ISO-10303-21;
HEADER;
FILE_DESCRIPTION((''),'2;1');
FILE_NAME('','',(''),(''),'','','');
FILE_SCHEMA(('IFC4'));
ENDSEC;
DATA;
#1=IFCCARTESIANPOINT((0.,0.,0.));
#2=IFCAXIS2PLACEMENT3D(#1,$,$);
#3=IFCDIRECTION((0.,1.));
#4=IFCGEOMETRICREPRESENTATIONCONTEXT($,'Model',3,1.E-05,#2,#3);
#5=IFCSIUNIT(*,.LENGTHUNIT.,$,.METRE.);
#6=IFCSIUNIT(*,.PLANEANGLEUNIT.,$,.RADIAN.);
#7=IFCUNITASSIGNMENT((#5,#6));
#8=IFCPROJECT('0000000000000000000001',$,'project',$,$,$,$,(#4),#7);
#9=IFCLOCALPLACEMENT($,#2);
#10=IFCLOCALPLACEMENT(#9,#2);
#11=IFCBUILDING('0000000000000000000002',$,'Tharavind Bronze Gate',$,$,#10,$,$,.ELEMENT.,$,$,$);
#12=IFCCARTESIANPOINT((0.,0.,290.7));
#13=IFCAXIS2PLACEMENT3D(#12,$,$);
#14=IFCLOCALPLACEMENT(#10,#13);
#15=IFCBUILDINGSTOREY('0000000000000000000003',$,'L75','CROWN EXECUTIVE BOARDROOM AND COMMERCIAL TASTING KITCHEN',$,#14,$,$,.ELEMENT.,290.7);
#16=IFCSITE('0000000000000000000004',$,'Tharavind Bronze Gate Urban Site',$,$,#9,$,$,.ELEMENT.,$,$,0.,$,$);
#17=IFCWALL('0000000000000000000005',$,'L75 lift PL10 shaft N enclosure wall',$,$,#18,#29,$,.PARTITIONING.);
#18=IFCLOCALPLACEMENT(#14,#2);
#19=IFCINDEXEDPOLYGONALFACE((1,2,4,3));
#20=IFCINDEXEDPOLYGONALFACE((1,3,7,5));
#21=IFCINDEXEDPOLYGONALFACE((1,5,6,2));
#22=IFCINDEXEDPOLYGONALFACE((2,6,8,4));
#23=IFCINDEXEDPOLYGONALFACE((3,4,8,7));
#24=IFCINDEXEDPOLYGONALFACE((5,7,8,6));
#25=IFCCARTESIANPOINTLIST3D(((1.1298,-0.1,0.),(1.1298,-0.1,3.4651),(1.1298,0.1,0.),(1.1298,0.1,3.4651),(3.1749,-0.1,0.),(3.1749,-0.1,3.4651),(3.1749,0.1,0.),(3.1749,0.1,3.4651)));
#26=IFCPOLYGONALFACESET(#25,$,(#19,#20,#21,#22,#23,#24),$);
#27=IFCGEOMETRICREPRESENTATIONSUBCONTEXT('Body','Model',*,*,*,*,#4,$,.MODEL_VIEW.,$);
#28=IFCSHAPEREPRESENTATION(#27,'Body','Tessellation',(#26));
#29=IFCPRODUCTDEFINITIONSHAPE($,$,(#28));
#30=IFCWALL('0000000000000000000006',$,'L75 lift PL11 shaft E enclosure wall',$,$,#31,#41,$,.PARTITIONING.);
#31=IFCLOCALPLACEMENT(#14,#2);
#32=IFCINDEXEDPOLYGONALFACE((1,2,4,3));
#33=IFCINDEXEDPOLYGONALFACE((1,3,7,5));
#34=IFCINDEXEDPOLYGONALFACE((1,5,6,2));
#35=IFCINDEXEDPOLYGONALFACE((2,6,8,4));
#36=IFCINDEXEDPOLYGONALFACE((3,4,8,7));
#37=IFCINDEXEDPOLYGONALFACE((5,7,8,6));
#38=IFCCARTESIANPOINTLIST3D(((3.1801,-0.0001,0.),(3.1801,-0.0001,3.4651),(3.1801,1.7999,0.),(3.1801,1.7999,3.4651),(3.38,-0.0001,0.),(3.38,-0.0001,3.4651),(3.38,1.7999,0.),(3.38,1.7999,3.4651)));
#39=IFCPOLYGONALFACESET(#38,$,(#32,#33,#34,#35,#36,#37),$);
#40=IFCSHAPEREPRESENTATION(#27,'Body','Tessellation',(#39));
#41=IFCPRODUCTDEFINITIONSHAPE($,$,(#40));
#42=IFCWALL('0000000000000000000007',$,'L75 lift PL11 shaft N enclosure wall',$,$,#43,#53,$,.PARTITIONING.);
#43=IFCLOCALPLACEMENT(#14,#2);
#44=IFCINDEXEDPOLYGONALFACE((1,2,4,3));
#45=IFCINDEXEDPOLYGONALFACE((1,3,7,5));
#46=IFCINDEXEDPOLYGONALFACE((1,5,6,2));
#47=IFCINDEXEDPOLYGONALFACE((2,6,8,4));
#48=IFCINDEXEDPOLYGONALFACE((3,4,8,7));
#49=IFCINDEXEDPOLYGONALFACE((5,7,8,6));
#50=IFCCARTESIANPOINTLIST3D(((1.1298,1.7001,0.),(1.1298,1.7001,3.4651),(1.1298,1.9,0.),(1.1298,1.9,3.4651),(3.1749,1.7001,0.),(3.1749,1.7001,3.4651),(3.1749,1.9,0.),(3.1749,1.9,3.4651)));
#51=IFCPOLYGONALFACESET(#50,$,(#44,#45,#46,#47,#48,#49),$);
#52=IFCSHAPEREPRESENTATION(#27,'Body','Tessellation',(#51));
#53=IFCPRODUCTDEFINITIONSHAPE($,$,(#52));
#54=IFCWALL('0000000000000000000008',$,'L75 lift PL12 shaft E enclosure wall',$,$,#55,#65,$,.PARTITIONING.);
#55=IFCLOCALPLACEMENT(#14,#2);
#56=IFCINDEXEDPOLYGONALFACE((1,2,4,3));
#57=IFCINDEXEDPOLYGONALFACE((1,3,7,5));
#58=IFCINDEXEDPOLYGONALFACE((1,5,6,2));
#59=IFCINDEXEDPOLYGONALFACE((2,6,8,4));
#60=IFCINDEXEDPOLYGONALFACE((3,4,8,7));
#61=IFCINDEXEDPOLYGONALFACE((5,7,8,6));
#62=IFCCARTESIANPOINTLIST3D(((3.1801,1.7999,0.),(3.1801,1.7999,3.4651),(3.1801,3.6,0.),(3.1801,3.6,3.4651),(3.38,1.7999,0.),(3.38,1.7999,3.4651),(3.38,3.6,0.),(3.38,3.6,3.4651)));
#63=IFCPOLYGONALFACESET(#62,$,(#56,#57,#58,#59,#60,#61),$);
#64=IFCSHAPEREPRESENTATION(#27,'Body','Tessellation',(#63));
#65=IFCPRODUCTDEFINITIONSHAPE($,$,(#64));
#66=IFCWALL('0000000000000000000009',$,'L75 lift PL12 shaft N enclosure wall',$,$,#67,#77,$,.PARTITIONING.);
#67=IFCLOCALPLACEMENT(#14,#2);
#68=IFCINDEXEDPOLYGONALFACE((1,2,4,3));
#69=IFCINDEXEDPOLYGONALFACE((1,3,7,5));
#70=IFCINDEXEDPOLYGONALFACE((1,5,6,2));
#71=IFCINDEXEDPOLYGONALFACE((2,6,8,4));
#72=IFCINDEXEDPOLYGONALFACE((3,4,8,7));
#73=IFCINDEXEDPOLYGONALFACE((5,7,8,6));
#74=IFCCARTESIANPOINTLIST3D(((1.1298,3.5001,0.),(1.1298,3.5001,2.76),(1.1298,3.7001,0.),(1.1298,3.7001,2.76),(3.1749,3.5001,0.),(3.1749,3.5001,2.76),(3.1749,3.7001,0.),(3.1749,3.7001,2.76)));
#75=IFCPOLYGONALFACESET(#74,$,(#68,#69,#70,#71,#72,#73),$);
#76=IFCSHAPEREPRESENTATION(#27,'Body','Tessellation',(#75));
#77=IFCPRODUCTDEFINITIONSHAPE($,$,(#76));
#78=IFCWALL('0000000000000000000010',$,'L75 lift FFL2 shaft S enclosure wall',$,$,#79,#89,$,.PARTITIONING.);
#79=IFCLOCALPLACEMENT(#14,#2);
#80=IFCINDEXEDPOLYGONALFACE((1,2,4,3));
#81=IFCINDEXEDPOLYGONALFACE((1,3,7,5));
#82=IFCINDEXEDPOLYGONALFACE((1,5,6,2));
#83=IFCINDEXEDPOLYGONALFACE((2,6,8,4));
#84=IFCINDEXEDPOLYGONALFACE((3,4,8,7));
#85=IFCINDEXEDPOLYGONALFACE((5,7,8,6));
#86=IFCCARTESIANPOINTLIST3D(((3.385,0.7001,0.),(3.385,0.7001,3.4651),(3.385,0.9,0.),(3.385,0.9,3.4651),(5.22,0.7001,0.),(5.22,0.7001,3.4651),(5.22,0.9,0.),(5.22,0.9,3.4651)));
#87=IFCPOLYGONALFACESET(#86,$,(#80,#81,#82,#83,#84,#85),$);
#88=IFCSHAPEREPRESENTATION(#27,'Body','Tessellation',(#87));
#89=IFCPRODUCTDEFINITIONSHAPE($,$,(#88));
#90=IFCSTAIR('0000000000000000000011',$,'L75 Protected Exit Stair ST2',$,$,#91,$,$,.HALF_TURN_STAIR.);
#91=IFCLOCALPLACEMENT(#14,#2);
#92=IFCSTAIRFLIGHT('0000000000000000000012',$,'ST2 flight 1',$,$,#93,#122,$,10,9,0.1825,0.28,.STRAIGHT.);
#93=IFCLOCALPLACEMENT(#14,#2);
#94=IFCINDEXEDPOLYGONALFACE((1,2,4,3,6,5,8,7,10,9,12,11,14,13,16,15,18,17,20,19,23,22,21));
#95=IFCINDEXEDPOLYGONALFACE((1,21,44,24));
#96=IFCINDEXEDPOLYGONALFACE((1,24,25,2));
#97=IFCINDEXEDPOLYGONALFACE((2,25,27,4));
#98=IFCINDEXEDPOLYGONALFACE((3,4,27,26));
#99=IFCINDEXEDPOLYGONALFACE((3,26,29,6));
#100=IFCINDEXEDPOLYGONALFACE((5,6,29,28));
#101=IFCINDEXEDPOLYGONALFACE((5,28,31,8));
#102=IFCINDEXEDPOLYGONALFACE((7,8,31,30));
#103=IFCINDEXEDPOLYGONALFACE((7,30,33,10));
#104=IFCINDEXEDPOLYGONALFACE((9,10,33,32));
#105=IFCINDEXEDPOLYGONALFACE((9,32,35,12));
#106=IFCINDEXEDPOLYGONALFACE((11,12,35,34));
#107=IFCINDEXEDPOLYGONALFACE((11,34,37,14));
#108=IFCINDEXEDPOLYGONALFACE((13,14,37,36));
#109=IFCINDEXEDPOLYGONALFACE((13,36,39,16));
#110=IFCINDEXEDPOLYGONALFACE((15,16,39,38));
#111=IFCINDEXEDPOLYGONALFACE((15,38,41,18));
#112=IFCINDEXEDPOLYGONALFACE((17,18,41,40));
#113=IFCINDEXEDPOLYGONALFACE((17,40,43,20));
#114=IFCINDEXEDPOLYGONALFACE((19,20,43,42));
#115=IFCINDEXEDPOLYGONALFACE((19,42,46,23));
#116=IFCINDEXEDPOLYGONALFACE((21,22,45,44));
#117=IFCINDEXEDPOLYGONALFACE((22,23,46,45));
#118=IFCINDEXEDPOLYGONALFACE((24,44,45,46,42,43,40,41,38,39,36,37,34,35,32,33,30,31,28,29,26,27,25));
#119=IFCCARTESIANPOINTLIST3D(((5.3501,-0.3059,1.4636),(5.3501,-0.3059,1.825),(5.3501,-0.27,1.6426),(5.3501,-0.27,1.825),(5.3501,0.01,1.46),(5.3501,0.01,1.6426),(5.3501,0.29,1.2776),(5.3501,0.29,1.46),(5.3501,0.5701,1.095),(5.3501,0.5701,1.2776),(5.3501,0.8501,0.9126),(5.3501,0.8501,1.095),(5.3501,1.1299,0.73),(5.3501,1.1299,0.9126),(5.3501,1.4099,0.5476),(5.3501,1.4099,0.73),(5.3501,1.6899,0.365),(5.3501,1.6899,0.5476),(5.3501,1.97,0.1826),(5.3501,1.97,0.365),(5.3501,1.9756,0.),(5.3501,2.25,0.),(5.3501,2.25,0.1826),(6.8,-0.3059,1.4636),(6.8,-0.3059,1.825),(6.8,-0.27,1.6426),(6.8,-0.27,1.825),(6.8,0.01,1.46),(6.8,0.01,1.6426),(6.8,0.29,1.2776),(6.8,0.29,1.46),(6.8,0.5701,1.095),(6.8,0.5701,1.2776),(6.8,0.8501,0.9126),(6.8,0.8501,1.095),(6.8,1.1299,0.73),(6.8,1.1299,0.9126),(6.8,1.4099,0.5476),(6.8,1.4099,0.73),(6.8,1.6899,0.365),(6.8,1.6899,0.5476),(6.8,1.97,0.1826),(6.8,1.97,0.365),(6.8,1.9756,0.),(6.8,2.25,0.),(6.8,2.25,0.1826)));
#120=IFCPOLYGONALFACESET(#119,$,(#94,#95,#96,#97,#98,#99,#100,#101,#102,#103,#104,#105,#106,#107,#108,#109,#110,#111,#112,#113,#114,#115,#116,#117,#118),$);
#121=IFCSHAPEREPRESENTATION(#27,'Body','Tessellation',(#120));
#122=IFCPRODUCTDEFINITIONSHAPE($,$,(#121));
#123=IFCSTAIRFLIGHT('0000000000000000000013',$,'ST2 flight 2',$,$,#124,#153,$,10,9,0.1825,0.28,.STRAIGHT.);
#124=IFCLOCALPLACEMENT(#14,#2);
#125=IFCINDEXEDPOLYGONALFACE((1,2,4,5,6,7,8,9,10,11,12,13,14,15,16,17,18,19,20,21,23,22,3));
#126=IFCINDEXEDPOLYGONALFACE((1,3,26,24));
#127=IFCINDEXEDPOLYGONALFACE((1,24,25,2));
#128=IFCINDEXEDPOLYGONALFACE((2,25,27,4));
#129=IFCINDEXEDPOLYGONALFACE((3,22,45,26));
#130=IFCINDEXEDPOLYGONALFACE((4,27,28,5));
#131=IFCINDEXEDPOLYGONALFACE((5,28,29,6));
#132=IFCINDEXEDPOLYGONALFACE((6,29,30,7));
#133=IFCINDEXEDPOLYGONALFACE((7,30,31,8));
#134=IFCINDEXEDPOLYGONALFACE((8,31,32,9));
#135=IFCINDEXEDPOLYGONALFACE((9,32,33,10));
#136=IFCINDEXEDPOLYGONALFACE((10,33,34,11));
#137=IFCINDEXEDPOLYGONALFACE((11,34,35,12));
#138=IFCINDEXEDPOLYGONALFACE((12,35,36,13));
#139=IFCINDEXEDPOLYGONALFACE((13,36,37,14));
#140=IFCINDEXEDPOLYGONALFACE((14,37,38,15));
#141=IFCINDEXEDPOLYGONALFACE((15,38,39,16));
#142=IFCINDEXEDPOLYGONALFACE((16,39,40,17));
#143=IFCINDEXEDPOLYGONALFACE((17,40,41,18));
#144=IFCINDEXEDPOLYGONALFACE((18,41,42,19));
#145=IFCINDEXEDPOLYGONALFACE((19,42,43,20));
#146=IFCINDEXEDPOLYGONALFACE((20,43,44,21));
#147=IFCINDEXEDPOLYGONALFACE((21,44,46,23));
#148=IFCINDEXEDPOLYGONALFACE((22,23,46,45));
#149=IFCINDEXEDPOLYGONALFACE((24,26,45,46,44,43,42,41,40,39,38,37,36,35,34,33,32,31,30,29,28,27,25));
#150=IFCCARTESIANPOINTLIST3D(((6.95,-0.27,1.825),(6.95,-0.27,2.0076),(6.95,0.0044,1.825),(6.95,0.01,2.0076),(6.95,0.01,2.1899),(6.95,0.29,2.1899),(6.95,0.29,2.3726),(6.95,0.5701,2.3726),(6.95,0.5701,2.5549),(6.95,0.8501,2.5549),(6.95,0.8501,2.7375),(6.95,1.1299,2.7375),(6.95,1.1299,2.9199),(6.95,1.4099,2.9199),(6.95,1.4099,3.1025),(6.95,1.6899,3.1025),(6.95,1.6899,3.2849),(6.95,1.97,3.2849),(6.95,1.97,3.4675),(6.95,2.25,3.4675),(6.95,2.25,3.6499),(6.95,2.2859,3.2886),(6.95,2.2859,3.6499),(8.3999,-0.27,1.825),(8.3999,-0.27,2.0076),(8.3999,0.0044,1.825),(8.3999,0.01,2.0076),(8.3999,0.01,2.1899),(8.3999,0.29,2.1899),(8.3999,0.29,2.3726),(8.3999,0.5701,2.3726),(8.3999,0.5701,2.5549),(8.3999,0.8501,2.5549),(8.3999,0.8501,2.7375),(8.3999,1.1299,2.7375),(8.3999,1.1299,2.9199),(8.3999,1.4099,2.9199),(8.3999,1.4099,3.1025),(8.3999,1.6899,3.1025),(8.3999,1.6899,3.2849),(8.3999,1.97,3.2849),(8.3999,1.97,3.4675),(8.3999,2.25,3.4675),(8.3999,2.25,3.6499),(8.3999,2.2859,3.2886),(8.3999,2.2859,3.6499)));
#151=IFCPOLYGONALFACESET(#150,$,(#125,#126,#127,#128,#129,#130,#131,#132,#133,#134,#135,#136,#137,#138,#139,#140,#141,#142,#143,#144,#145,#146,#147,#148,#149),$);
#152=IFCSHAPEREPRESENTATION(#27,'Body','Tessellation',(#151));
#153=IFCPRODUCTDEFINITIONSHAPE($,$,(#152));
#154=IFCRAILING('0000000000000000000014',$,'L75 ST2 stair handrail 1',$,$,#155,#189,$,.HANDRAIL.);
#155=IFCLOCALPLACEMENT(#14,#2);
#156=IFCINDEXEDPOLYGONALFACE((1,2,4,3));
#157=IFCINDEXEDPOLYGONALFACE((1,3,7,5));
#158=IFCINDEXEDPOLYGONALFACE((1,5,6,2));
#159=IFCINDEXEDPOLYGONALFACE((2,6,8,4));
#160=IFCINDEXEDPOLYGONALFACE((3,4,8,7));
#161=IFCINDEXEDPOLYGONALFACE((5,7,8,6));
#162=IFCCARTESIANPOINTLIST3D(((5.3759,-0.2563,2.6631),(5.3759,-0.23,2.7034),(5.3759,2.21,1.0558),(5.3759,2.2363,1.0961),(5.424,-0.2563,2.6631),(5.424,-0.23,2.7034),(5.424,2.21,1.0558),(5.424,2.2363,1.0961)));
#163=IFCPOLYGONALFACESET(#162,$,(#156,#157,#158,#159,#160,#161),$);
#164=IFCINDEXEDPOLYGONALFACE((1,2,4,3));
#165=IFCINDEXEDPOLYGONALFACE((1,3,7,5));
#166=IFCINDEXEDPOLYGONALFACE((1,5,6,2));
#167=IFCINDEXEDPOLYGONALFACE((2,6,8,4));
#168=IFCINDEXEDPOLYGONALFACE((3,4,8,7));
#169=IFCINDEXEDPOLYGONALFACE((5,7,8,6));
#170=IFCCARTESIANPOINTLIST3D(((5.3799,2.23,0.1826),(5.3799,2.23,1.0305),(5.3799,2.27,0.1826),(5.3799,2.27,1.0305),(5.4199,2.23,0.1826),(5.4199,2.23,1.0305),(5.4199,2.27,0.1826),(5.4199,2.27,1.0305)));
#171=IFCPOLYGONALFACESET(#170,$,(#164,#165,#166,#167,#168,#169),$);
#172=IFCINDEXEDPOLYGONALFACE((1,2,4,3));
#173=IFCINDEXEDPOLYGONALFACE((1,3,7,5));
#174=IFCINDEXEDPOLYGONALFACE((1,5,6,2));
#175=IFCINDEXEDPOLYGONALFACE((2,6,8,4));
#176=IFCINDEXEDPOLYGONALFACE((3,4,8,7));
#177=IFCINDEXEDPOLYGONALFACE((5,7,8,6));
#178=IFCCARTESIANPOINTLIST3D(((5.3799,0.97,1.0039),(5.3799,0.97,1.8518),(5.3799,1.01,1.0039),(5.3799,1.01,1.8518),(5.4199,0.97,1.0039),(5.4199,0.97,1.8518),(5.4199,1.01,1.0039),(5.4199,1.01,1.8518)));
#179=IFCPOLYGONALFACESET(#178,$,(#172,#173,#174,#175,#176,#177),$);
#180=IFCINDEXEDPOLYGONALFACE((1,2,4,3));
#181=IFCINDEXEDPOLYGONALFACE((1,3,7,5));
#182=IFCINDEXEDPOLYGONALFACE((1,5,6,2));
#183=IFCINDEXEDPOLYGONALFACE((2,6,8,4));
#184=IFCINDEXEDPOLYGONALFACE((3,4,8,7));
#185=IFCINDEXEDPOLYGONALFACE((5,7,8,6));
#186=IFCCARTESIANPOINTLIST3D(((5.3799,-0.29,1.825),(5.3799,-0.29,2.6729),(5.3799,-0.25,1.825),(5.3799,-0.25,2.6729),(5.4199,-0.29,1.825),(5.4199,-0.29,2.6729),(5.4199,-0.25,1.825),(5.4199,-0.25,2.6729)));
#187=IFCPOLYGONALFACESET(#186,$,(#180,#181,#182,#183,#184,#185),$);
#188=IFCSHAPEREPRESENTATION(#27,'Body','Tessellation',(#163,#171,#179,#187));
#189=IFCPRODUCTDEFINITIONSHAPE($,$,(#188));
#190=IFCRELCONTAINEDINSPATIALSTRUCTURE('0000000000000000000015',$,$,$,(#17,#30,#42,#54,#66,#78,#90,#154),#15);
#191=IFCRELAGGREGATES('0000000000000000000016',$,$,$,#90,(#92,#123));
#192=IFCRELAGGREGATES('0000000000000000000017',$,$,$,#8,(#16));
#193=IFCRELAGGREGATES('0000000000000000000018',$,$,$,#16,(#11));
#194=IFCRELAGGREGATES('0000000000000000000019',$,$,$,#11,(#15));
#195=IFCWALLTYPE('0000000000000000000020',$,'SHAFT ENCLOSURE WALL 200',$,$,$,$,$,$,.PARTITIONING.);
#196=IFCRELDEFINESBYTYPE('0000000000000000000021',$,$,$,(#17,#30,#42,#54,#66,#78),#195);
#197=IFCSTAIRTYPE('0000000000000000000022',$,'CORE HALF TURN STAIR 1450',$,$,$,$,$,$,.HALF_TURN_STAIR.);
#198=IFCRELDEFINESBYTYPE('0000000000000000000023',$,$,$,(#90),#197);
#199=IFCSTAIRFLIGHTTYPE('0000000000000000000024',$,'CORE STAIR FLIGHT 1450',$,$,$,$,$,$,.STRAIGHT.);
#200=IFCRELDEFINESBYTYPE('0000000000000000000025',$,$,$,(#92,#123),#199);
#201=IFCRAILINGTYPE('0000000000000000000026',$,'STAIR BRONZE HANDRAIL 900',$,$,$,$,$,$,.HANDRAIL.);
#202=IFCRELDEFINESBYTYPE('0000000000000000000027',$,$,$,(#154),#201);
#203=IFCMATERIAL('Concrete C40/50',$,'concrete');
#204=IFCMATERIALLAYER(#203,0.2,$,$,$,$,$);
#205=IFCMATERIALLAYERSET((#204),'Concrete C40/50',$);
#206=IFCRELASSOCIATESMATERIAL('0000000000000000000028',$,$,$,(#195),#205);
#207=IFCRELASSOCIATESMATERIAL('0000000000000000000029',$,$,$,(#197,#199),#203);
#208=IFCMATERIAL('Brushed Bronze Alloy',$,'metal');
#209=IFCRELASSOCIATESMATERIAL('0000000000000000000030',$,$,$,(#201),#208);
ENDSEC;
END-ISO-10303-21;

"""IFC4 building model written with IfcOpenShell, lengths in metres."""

from ifc_helpers import new_model, si_unit, direction, frame, frame_2d, origin, origin_2d, place, context, subcontext, project, spatial, polyline, rectangle, outline, extrude, material, layer, layer_set, type_object, element, aggregate, save


model = new_model("IFC4")

# Units and contexts
model_context = context("Model", 3, precision=1e-05, world=origin(), true_north=direction((0.0, 1.0)))
body_context = subcontext(model_context, "Body", "Model", "MODEL_VIEW")
ifc_project = project(units=[si_unit("LENGTHUNIT", "METRE"), si_unit("PLANEANGLEUNIT", "RADIAN")], contexts=[model_context])

# Site, building, storey
site_placement = place(None, origin())
site = spatial("IfcSite", under=ifc_project, at=site_placement, Name="Tharavind Bronze Gate Urban Site", CompositionType="ELEMENT", RefElevation=0.0)
building_placement = place(site_placement, origin())
building = spatial("IfcBuilding", under=site, at=building_placement, Name="Tharavind Bronze Gate", CompositionType="ELEMENT")
storey_placement = place(building_placement, frame((0.0, 0.0, 290.7)))
storey = spatial("IfcBuildingStorey", under=building, at=storey_placement, Name="L75", Description="CROWN EXECUTIVE BOARDROOM AND COMMERCIAL TASTING KITCHEN", CompositionType="ELEMENT", Elevation=290.7)

# Walls
ifc_material_1 = material(Name="Concrete C40/50", Category="concrete")
ifc_layer_1 = layer(ifc_material_1, 0.2)
ifc_layer_set_1 = layer_set([ifc_layer_1], Name="Concrete C40/50")
wall_type_1 = type_object("IfcWallType", Name="SHAFT ENCLOSURE WALL 200", PredefinedType="PARTITIONING", material=ifc_layer_set_1)
wall_1_placement = place(storey_placement, frame((1.1299, 0.0, 0.0), z_axis=(0.0, 0.0, 1.0), x_axis=(1.0, 0.0, 0.0)))
element("IfcWall", 1, at=wall_1_placement, inside=storey, type_object=wall_type_1, Name="L75 lift PL10 shaft N enclosure wall", PredefinedType="PARTITIONING", context=body_context, shape_type="SweptSolid", body=[
    extrude(rectangle(XDim=2.0452, YDim=0.2, at=frame_2d((1.0225, 0.0))), origin(), (0.0, 0.0, 1.0), 3.4651),
])
wall_2_placement = place(storey_placement, frame((3.28, 0.0, 0.0), z_axis=(0.0, 0.0, 1.0), x_axis=(0.0, 1.0, 0.0)))
element("IfcWall", 2, at=wall_2_placement, inside=storey, type_object=wall_type_1, Name="L75 lift PL11 shaft E enclosure wall", PredefinedType="PARTITIONING", context=body_context, shape_type="SweptSolid", body=[
    extrude(rectangle(XDim=1.8, YDim=0.2, at=frame_2d((0.8999, 0.0))), origin(), (0.0, 0.0, 1.0), 3.4651),
])
wall_3_placement = place(storey_placement, frame((1.1299, 1.8, 0.0), z_axis=(0.0, 0.0, 1.0), x_axis=(1.0, 0.0, 0.0)))
element("IfcWall", 3, at=wall_3_placement, inside=storey, type_object=wall_type_1, Name="L75 lift PL11 shaft N enclosure wall", PredefinedType="PARTITIONING", context=body_context, shape_type="SweptSolid", body=[
    extrude(rectangle(XDim=2.0452, YDim=0.2, at=frame_2d((1.0225, 0.0))), origin(), (0.0, 0.0, 1.0), 3.4651),
])
wall_4_placement = place(storey_placement, frame((3.28, 1.8, 0.0), z_axis=(0.0, 0.0, 1.0), x_axis=(0.0, 1.0, 0.0)))
element("IfcWall", 4, at=wall_4_placement, inside=storey, type_object=wall_type_1, Name="L75 lift PL12 shaft E enclosure wall", PredefinedType="PARTITIONING", context=body_context, shape_type="SweptSolid", body=[
    extrude(rectangle(XDim=1.8, YDim=0.2, at=frame_2d((0.8999, 0.0))), origin(), (0.0, 0.0, 1.0), 3.4651),
])
wall_5_placement = place(storey_placement, frame((1.1299, 3.6001, 0.0), z_axis=(0.0, 0.0, 1.0), x_axis=(1.0, 0.0, 0.0)))
element("IfcWall", 5, at=wall_5_placement, inside=storey, type_object=wall_type_1, Name="L75 lift PL12 shaft N enclosure wall", PredefinedType="PARTITIONING", context=body_context, shape_type="SweptSolid", body=[
    extrude(rectangle(XDim=2.0452, YDim=0.2, at=frame_2d((1.0225, 0.0))), origin(), (0.0, 0.0, 1.0), 2.76),
])
wall_6_placement = place(storey_placement, frame((3.385, 0.8, 0.0), z_axis=(0.0, 0.0, 1.0), x_axis=(1.0, 0.0, 0.0)))
element("IfcWall", 6, at=wall_6_placement, inside=storey, type_object=wall_type_1, Name="L75 lift FFL2 shaft S enclosure wall", PredefinedType="PARTITIONING", context=body_context, shape_type="SweptSolid", body=[
    extrude(rectangle(XDim=1.835, YDim=0.2, at=frame_2d((0.9175, 0.0))), origin(), (0.0, 0.0, 1.0), 3.4651),
])

# Stair, stair flights
stair_type = type_object("IfcStairType", Name="CORE HALF TURN STAIR 1450", PredefinedType="HALF_TURN_STAIR", material=ifc_material_1)
stair_placement = place(storey_placement, origin())
stair = element("IfcStair", 7, at=stair_placement, inside=storey, type_object=stair_type, Name="L75 Protected Exit Stair ST2", PredefinedType="HALF_TURN_STAIR")
stair_flight_type = type_object("IfcStairFlightType", Name="CORE STAIR FLIGHT 1450", PredefinedType="STRAIGHT", material=ifc_material_1)
stair_flight_1_placement = place(storey_placement, frame((6.075, 2.25, 0.0), z_axis=(0.0, 0.0, 1.0), x_axis=(0.0, -1.0, 0.0)))
stair_flight_1 = element("IfcStairFlight", 8, at=stair_flight_1_placement, type_object=stair_flight_type, Name="ST2 flight 1", NumberOfRisers=10, NumberOfTreads=9, PredefinedType="STRAIGHT", RiserHeight=0.1825, TreadLength=0.28, context=body_context, shape_type="SweptSolid", body=[
    extrude(outline(polyline([(0.0, 0.0), (0.0, 0.1826), (0.28, 0.1826), (0.28, 0.365), (0.5601, 0.365), (0.5601, 0.5476), (0.8401, 0.5476), (0.8401, 0.73), (1.1201, 0.73), (1.1201, 0.9126), (1.3999, 0.9126), (1.3999, 1.095), (1.6799, 1.095), (1.6799, 1.2776), (1.96, 1.2776), (1.96, 1.46), (2.24, 1.46), (2.24, 1.6426), (2.52, 1.6426), (2.52, 1.825), (2.5559, 1.825), (2.5559, 1.4636), (0.2744, 0.0), (0.0, 0.0)])), frame((0.0, 0.7251, 0.0), z_axis=(0.0, -1.0, 0.0), x_axis=(1.0, 0.0, 0.0)), (0.0, 0.0, 1.0), 1.45),
])
stair_flight_2_placement = place(storey_placement, frame((7.675, -0.27, 1.825), z_axis=(0.0, 0.0, 1.0), x_axis=(0.0, 1.0, 0.0)))
stair_flight_2 = element("IfcStairFlight", 9, at=stair_flight_2_placement, type_object=stair_flight_type, Name="ST2 flight 2", NumberOfRisers=10, NumberOfTreads=9, PredefinedType="STRAIGHT", RiserHeight=0.1825, TreadLength=0.28, context=body_context, shape_type="SweptSolid", body=[
    extrude(outline(polyline([(0.0, 0.0), (0.0, 0.1826), (0.28, 0.1826), (0.28, 0.365), (0.5601, 0.365), (0.5601, 0.5476), (0.8401, 0.5476), (0.8401, 0.73), (1.1201, 0.73), (1.1201, 0.9126), (1.3999, 0.9126), (1.3999, 1.095), (1.6799, 1.095), (1.6799, 1.2776), (1.96, 1.2776), (1.96, 1.46), (2.24, 1.46), (2.24, 1.6426), (2.52, 1.6426), (2.52, 1.825), (2.5559, 1.825), (2.5559, 1.4636), (0.2744, 0.0), (0.0, 0.0)])), frame((0.0, 0.7251, 0.0), z_axis=(0.0, -1.0, 0.0), x_axis=(1.0, 0.0, 0.0)), (0.0, 0.0, 1.0), 1.45),
])
aggregate(stair, [stair_flight_1, stair_flight_2])

# Railing
ifc_material_2 = material(Name="Brushed Bronze Alloy", Category="metal")
railing_type_1 = type_object("IfcRailingType", Name="STAIR BRONZE HANDRAIL 900", PredefinedType="HANDRAIL", material=ifc_material_2)
railing_1_placement = place(storey_placement, frame((5.3999, 2.25, 0.1826)))
element("IfcRailing", 10, at=railing_1_placement, inside=storey, type_object=railing_type_1, Name="L75 ST2 stair handrail 1", PredefinedType="HANDRAIL", context=body_context, shape_type="SweptSolid", body=[
    extrude(rectangle(XDim=0.0481, YDim=0.0481, at=origin_2d()), frame((0.0, -0.0269, 0.8933), z_axis=(0.0, -0.837787, 0.545998), x_axis=(1.0, 0.0, 0.0)), (0.0, 0.0, 1.0), 2.9438),
    extrude(rectangle(XDim=0.04, YDim=0.04, at=origin_2d()), origin(), (0.0, 0.0, 1.0), 0.8479),
    extrude(rectangle(XDim=0.04, YDim=0.04, at=origin_2d()), frame((0.0, -1.26, 0.8213)), (0.0, 0.0, 1.0), 0.8479),
    extrude(rectangle(XDim=0.04, YDim=0.04, at=origin_2d()), frame((0.0, -2.52, 1.6423)), (0.0, 0.0, 1.0), 0.8479),
])

save(model, "model.ifc")
